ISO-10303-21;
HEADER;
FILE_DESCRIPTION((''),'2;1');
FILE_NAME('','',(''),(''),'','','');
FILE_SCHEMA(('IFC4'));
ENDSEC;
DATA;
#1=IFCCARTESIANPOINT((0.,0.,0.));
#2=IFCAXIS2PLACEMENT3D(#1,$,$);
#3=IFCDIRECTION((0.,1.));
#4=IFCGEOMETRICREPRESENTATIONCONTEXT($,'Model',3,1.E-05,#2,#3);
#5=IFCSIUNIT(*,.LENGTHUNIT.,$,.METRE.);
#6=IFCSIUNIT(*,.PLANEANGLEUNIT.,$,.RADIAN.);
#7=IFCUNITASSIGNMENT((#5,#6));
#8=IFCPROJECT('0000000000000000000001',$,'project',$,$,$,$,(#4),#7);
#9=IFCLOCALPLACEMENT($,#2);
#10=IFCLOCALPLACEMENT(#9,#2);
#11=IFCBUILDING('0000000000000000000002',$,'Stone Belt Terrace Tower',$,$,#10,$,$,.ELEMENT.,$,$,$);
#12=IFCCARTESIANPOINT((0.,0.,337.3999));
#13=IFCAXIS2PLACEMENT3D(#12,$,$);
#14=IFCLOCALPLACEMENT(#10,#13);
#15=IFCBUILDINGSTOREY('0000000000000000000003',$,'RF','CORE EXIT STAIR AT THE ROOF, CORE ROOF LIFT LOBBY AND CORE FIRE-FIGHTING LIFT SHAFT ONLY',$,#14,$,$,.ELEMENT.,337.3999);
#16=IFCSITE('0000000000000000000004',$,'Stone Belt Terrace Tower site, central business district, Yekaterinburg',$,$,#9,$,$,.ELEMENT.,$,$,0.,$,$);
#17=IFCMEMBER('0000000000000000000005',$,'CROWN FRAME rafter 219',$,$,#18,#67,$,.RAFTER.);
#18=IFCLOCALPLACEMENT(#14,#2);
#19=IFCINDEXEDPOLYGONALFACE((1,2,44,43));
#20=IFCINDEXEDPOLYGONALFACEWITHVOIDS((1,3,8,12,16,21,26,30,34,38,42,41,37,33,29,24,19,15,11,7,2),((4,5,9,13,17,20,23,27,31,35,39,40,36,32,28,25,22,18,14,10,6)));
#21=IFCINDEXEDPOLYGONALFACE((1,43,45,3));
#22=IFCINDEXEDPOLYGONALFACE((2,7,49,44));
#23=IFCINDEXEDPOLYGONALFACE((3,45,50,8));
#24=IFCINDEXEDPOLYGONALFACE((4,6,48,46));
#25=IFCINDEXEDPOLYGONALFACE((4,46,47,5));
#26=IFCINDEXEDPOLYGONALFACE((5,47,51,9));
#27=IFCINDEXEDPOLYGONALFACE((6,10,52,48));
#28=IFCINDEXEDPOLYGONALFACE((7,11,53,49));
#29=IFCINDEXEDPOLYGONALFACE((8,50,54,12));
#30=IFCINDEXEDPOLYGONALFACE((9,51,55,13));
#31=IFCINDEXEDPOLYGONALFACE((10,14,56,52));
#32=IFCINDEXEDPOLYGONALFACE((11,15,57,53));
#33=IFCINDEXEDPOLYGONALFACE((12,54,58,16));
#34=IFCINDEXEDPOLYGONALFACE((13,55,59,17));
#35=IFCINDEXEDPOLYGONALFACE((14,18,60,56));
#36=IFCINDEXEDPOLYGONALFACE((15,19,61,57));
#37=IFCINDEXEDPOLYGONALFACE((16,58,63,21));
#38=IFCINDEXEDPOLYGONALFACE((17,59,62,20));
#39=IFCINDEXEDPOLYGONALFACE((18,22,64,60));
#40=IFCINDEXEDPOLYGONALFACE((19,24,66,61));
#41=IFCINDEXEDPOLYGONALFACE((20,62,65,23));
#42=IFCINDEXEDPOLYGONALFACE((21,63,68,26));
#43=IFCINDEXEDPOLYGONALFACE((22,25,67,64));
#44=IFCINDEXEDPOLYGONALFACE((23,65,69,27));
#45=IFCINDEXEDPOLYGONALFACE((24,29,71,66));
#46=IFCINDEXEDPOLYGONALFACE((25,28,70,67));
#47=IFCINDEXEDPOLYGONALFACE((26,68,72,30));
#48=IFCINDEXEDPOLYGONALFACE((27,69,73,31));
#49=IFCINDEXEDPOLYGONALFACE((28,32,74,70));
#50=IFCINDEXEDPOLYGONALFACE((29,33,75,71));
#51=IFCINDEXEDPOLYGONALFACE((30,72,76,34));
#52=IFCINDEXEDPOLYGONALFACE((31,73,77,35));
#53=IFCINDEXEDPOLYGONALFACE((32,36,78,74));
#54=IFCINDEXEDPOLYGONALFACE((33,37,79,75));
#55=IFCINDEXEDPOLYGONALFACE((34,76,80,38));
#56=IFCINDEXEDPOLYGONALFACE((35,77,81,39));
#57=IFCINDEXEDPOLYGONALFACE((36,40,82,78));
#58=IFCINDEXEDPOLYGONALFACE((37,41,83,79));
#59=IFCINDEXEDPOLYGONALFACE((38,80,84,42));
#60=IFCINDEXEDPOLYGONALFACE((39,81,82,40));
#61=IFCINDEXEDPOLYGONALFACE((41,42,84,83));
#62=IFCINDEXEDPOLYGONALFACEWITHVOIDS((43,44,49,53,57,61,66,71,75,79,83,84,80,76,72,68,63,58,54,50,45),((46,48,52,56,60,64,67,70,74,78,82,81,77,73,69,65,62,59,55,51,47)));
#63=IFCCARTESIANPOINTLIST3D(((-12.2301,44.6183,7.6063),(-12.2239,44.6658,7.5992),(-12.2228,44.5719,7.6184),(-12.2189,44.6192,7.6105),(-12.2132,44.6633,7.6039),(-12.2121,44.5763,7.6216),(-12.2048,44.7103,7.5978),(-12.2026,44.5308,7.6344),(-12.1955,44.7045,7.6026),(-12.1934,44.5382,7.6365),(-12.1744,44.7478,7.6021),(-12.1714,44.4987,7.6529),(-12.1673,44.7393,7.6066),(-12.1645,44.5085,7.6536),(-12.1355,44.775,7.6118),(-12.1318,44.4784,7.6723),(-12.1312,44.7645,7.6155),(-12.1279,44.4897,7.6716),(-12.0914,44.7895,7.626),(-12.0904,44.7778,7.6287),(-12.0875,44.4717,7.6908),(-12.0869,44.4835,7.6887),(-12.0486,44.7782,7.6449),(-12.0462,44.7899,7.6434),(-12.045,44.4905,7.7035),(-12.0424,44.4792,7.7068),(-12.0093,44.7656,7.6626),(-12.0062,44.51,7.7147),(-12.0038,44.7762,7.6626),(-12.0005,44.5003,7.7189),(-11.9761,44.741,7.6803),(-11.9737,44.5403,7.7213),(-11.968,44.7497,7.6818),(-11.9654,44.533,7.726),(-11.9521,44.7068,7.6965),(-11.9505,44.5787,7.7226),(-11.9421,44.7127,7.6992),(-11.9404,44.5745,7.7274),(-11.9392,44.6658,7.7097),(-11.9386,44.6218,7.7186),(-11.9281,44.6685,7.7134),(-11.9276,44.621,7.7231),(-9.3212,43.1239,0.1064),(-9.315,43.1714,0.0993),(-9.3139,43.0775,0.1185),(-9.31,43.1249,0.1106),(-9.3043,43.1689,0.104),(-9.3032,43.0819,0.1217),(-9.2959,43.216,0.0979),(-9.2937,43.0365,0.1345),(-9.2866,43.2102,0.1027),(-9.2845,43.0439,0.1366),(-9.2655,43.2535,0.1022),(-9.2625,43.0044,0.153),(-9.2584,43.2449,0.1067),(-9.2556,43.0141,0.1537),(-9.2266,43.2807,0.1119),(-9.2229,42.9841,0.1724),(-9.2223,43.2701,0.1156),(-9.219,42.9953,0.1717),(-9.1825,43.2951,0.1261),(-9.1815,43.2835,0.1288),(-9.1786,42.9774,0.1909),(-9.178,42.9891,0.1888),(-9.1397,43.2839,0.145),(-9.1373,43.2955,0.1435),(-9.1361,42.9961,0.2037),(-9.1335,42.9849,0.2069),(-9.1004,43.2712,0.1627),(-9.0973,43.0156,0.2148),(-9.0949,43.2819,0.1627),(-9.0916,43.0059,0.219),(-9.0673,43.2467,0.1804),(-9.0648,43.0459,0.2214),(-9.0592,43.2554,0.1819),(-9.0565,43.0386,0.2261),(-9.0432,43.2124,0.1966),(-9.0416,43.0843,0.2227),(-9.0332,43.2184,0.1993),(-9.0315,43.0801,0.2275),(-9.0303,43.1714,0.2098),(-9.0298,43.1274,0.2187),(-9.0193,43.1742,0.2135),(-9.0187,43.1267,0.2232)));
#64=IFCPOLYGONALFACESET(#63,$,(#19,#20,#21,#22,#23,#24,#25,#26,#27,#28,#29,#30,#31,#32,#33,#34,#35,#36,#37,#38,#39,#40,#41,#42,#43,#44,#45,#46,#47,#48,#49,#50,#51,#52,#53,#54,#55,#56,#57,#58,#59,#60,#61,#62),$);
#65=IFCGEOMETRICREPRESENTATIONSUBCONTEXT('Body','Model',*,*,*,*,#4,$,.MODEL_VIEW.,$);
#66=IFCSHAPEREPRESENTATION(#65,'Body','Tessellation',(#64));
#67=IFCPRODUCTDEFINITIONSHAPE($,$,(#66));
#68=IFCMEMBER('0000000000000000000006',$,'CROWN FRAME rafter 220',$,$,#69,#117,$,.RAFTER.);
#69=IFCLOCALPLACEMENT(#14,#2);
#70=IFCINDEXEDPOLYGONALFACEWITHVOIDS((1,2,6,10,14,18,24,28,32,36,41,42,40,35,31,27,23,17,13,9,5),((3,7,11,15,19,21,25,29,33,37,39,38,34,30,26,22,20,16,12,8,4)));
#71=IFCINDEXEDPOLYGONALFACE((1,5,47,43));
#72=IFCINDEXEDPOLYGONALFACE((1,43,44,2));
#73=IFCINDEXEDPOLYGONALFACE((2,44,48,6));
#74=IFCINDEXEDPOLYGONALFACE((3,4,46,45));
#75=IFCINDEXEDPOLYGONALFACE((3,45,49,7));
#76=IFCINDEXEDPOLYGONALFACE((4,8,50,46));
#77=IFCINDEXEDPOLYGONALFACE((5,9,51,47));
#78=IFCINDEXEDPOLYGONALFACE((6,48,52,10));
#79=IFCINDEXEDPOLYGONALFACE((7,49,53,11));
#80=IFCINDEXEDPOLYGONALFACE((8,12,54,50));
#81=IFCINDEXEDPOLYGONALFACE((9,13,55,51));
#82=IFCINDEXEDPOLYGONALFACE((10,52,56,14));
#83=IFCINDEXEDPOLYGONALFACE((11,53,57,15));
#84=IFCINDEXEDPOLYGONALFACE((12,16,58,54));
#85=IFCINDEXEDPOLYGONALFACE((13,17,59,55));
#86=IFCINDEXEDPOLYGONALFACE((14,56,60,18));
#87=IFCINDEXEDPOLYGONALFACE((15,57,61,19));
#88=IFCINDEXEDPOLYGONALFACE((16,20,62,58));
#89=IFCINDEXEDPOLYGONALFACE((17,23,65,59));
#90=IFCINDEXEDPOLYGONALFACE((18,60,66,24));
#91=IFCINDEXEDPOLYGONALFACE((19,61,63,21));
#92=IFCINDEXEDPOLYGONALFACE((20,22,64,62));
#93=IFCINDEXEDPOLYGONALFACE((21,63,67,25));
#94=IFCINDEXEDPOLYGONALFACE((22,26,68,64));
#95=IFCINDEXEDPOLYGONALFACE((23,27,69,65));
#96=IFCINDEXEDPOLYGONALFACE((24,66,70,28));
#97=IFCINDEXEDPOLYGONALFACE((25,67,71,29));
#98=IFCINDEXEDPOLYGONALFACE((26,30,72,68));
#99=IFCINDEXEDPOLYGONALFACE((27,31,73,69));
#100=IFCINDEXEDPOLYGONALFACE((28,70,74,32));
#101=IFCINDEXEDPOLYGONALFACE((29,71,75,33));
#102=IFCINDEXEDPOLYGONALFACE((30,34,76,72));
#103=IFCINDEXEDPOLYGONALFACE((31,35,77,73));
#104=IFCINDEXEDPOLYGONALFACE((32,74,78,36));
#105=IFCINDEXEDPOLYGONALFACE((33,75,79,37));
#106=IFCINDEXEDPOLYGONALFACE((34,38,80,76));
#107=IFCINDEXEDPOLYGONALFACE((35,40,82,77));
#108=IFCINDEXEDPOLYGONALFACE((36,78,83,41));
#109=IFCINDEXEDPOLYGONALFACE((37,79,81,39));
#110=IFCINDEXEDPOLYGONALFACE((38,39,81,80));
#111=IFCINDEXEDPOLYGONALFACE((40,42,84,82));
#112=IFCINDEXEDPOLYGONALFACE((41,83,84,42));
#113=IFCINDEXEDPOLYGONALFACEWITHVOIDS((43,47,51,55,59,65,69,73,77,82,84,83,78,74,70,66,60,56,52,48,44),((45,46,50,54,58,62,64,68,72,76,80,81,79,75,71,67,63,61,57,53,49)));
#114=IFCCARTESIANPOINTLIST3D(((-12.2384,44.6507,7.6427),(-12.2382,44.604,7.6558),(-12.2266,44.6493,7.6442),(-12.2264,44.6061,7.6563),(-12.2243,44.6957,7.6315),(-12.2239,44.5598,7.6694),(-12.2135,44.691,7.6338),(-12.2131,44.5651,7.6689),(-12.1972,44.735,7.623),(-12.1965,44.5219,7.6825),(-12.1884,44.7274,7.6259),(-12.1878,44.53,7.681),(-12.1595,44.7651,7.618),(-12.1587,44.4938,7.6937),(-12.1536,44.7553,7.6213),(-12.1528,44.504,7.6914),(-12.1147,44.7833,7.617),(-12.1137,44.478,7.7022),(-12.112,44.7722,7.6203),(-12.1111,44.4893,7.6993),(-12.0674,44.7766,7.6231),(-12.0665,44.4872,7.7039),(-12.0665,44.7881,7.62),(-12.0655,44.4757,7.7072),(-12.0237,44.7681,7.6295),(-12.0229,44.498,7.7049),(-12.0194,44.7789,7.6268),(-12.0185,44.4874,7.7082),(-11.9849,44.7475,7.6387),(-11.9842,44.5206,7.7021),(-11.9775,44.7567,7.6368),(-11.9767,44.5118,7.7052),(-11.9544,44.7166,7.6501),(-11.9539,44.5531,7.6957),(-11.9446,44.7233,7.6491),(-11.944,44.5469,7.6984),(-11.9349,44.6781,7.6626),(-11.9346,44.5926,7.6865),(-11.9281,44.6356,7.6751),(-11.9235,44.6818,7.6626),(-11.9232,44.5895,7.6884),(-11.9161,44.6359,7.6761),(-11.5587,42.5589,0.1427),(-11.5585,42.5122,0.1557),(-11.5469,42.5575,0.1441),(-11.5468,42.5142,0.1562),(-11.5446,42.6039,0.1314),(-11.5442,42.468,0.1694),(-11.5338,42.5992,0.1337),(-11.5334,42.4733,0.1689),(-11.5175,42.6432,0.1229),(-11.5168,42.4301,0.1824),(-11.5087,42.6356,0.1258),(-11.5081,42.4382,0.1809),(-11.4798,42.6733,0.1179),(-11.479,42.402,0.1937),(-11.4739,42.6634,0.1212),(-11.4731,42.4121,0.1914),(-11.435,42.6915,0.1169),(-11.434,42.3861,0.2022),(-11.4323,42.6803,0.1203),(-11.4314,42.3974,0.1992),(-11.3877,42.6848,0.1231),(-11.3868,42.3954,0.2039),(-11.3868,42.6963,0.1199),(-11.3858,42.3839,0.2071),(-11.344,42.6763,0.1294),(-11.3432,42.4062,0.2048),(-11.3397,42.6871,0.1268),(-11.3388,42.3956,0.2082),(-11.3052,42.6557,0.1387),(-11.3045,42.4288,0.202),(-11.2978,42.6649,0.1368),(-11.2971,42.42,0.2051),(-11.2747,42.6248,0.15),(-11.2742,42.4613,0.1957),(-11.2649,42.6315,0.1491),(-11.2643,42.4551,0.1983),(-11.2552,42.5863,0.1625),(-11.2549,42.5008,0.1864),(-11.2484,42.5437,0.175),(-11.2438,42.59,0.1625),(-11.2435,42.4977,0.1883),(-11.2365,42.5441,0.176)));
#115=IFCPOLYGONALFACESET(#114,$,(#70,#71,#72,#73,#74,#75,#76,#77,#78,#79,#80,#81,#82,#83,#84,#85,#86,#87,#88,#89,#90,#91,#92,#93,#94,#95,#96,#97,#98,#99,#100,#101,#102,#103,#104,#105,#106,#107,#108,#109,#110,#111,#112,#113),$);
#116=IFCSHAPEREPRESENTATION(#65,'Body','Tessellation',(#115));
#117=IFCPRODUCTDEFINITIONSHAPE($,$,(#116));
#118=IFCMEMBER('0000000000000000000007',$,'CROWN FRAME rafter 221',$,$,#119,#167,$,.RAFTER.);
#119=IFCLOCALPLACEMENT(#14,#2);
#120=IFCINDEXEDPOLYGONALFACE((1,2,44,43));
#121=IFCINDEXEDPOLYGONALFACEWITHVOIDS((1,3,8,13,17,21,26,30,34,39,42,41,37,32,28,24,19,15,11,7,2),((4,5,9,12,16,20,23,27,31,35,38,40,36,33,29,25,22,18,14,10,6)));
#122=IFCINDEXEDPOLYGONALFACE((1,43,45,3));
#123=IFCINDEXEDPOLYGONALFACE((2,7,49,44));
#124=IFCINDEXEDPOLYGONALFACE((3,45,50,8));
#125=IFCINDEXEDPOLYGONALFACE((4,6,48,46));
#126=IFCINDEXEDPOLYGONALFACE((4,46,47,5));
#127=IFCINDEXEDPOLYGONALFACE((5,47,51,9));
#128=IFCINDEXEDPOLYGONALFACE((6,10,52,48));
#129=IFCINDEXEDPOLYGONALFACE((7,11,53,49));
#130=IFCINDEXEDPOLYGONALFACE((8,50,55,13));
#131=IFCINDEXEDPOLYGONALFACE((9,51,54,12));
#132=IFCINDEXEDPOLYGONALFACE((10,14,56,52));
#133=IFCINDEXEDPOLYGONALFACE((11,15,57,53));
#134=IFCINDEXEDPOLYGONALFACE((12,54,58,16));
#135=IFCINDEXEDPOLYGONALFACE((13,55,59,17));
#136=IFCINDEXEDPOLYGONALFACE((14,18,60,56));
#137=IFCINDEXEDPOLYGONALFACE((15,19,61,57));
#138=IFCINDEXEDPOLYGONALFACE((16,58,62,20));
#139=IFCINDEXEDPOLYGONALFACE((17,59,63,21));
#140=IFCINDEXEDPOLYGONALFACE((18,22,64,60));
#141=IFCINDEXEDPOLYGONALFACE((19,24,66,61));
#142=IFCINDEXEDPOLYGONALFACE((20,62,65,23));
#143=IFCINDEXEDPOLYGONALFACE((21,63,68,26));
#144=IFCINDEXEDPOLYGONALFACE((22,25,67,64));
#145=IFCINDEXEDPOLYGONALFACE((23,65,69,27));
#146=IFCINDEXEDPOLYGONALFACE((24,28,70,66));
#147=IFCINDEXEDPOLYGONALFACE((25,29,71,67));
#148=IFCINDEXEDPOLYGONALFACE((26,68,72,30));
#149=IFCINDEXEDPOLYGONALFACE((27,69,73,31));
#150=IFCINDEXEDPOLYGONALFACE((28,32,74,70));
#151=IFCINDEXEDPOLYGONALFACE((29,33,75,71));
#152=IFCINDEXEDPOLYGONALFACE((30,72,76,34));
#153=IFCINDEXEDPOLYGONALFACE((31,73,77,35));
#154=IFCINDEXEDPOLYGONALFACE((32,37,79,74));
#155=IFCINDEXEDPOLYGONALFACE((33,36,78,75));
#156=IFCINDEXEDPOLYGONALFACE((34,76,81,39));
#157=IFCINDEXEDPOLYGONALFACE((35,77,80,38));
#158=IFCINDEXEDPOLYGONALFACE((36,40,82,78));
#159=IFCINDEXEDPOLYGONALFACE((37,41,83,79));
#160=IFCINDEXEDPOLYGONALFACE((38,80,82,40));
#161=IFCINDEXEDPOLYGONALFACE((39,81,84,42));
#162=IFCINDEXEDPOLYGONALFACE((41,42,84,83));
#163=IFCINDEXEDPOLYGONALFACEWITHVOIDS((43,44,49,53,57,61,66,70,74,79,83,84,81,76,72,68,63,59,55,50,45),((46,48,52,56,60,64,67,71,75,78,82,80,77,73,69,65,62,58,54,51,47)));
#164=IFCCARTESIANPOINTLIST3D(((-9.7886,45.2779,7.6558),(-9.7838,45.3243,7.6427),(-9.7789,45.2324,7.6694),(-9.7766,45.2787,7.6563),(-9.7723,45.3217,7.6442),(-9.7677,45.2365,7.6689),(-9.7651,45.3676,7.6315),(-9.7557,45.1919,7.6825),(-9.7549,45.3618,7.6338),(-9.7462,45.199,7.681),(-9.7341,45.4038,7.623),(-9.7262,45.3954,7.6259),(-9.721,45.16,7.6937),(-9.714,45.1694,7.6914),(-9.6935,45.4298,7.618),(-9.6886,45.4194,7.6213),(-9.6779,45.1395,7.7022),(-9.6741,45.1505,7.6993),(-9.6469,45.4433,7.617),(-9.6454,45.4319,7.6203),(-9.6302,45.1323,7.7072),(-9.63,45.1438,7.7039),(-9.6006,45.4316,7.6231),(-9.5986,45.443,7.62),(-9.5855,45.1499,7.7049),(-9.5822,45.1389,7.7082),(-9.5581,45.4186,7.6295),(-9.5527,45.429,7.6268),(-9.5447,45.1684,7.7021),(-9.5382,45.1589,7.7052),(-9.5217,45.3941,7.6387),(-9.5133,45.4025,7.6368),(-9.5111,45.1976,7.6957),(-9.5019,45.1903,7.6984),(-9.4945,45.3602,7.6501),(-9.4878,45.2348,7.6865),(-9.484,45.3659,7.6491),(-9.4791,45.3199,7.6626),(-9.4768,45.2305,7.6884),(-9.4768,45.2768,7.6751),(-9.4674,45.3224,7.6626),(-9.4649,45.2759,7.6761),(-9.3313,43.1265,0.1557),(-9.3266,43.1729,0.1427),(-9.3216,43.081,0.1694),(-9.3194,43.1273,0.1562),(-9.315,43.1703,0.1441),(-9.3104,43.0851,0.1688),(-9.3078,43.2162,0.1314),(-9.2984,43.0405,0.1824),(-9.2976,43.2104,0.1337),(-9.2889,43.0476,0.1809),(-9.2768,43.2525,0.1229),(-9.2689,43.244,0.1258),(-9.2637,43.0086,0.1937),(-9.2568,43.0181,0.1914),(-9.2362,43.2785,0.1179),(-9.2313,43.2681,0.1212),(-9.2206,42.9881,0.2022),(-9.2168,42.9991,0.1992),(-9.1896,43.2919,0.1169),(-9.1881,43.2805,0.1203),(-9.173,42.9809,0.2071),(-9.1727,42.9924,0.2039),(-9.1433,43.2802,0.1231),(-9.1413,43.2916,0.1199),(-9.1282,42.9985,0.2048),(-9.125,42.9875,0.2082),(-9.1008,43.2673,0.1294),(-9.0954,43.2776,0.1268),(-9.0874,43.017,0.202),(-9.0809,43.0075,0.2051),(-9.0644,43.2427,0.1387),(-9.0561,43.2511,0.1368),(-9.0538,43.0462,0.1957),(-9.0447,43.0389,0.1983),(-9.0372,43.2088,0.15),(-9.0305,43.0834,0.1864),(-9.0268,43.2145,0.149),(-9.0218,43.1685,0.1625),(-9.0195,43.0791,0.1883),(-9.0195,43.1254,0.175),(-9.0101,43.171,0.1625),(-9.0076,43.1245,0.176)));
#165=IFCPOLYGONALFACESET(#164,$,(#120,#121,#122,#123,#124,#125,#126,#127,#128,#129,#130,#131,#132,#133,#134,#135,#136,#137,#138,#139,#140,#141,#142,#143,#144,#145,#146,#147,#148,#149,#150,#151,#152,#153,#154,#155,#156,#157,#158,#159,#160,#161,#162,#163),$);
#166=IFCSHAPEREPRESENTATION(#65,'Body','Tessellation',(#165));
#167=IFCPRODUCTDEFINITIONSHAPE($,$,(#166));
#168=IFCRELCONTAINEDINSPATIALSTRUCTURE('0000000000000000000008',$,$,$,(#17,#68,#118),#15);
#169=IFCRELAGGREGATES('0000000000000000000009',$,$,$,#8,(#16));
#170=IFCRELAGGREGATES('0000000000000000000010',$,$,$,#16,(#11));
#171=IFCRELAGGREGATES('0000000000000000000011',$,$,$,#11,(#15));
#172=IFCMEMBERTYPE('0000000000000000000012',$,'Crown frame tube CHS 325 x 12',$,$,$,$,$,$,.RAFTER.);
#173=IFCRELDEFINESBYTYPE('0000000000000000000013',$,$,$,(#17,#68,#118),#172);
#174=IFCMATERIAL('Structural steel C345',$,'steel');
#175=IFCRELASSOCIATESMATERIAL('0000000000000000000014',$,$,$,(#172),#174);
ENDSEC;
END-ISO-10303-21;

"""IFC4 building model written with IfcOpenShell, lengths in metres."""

from ifc_helpers import new_model, si_unit, direction, frame, origin, origin_2d, place, context, subcontext, project, spatial, hollow_circle, extrude, material, material_profile, profile_set, type_object, element, save


model = new_model("IFC4")

# Units and contexts
model_context = context("Model", 3, precision=1e-05, world=origin(), true_north=direction((0.0, 1.0)))
body_context = subcontext(model_context, "Body", "Model", "MODEL_VIEW")
ifc_project = project(units=[si_unit("LENGTHUNIT", "METRE"), si_unit("PLANEANGLEUNIT", "RADIAN")], contexts=[model_context])

# Site, building, storey
site_placement = place(None, origin())
site = spatial("IfcSite", under=ifc_project, at=site_placement, Name="Stone Belt Terrace Tower site, central business district, Yekaterinburg", CompositionType="ELEMENT", RefElevation=0.0)
building_placement = place(site_placement, origin())
building = spatial("IfcBuilding", under=site, at=building_placement, Name="Stone Belt Terrace Tower", CompositionType="ELEMENT")
storey_placement = place(building_placement, frame((0.0, 0.0, 337.3999)))
storey = spatial("IfcBuildingStorey", under=building, at=storey_placement, Name="RF", Description="CORE EXIT STAIR AT THE ROOF, CORE ROOF LIFT LOBBY AND CORE FIRE-FIGHTING LIFT SHAFT ONLY", CompositionType="ELEMENT", Elevation=337.3999)

# Members
ifc_material_1 = material(Name="Structural steel C345", Category="steel")
ifc_material_profile_1 = material_profile(ifc_material_1, hollow_circle(Radius=0.1626, WallThickness=0.012, at=origin_2d()), Name="Structural steel C345 CHS 325x12")
ifc_profile_set_1 = profile_set([ifc_material_profile_1], Name="Structural steel C345")
member_type_1 = type_object("IfcMemberType", Name="Crown frame tube CHS 325 x 12", PredefinedType="RAFTER", material=ifc_profile_set_1)
member_1_placement = place(storey_placement, frame((-12.0781, 44.6316, 7.6626), z_axis=(0.355529, -0.182643, -0.916647), x_axis=(0.456952, 0.889492, 0.0)))
element("IfcMember", 1, at=member_1_placement, inside=storey, type_object=member_type_1, Name="CROWN FRAME rafter 219", PredefinedType="RAFTER", context=body_context, shape_type="SweptSolid", body=[
    extrude(hollow_circle(Radius=0.1626, WallThickness=0.012, at=origin_2d()), origin(), (0.0, 0.0, 1.0), 8.1819),
])
for number, where, z_axis, x_axis, name in (
    (2, (-12.0781, 44.6316, 7.6626), (0.086963, -0.267635, -0.959588), (0.951054, 0.309026, 0.0), "CROWN FRAME rafter 220"),
    (3, (-9.6265, 45.2886, 7.6626), (0.058506, -0.275257, -0.959589), (0.978149, 0.207907, 0.0), "CROWN FRAME rafter 221"),
):
    element("IfcMember", number, at=place(storey_placement, frame(where, z_axis=z_axis, x_axis=x_axis)), inside=storey, type_object=member_type_1, Name=name, PredefinedType="RAFTER", context=body_context, shape_type="SweptSolid", body=[
        extrude(hollow_circle(Radius=0.1626, WallThickness=0.012, at=origin_2d()), origin(), (0.0, 0.0, 1.0), 7.8159),
    ])

save(model, "model.ifc")
